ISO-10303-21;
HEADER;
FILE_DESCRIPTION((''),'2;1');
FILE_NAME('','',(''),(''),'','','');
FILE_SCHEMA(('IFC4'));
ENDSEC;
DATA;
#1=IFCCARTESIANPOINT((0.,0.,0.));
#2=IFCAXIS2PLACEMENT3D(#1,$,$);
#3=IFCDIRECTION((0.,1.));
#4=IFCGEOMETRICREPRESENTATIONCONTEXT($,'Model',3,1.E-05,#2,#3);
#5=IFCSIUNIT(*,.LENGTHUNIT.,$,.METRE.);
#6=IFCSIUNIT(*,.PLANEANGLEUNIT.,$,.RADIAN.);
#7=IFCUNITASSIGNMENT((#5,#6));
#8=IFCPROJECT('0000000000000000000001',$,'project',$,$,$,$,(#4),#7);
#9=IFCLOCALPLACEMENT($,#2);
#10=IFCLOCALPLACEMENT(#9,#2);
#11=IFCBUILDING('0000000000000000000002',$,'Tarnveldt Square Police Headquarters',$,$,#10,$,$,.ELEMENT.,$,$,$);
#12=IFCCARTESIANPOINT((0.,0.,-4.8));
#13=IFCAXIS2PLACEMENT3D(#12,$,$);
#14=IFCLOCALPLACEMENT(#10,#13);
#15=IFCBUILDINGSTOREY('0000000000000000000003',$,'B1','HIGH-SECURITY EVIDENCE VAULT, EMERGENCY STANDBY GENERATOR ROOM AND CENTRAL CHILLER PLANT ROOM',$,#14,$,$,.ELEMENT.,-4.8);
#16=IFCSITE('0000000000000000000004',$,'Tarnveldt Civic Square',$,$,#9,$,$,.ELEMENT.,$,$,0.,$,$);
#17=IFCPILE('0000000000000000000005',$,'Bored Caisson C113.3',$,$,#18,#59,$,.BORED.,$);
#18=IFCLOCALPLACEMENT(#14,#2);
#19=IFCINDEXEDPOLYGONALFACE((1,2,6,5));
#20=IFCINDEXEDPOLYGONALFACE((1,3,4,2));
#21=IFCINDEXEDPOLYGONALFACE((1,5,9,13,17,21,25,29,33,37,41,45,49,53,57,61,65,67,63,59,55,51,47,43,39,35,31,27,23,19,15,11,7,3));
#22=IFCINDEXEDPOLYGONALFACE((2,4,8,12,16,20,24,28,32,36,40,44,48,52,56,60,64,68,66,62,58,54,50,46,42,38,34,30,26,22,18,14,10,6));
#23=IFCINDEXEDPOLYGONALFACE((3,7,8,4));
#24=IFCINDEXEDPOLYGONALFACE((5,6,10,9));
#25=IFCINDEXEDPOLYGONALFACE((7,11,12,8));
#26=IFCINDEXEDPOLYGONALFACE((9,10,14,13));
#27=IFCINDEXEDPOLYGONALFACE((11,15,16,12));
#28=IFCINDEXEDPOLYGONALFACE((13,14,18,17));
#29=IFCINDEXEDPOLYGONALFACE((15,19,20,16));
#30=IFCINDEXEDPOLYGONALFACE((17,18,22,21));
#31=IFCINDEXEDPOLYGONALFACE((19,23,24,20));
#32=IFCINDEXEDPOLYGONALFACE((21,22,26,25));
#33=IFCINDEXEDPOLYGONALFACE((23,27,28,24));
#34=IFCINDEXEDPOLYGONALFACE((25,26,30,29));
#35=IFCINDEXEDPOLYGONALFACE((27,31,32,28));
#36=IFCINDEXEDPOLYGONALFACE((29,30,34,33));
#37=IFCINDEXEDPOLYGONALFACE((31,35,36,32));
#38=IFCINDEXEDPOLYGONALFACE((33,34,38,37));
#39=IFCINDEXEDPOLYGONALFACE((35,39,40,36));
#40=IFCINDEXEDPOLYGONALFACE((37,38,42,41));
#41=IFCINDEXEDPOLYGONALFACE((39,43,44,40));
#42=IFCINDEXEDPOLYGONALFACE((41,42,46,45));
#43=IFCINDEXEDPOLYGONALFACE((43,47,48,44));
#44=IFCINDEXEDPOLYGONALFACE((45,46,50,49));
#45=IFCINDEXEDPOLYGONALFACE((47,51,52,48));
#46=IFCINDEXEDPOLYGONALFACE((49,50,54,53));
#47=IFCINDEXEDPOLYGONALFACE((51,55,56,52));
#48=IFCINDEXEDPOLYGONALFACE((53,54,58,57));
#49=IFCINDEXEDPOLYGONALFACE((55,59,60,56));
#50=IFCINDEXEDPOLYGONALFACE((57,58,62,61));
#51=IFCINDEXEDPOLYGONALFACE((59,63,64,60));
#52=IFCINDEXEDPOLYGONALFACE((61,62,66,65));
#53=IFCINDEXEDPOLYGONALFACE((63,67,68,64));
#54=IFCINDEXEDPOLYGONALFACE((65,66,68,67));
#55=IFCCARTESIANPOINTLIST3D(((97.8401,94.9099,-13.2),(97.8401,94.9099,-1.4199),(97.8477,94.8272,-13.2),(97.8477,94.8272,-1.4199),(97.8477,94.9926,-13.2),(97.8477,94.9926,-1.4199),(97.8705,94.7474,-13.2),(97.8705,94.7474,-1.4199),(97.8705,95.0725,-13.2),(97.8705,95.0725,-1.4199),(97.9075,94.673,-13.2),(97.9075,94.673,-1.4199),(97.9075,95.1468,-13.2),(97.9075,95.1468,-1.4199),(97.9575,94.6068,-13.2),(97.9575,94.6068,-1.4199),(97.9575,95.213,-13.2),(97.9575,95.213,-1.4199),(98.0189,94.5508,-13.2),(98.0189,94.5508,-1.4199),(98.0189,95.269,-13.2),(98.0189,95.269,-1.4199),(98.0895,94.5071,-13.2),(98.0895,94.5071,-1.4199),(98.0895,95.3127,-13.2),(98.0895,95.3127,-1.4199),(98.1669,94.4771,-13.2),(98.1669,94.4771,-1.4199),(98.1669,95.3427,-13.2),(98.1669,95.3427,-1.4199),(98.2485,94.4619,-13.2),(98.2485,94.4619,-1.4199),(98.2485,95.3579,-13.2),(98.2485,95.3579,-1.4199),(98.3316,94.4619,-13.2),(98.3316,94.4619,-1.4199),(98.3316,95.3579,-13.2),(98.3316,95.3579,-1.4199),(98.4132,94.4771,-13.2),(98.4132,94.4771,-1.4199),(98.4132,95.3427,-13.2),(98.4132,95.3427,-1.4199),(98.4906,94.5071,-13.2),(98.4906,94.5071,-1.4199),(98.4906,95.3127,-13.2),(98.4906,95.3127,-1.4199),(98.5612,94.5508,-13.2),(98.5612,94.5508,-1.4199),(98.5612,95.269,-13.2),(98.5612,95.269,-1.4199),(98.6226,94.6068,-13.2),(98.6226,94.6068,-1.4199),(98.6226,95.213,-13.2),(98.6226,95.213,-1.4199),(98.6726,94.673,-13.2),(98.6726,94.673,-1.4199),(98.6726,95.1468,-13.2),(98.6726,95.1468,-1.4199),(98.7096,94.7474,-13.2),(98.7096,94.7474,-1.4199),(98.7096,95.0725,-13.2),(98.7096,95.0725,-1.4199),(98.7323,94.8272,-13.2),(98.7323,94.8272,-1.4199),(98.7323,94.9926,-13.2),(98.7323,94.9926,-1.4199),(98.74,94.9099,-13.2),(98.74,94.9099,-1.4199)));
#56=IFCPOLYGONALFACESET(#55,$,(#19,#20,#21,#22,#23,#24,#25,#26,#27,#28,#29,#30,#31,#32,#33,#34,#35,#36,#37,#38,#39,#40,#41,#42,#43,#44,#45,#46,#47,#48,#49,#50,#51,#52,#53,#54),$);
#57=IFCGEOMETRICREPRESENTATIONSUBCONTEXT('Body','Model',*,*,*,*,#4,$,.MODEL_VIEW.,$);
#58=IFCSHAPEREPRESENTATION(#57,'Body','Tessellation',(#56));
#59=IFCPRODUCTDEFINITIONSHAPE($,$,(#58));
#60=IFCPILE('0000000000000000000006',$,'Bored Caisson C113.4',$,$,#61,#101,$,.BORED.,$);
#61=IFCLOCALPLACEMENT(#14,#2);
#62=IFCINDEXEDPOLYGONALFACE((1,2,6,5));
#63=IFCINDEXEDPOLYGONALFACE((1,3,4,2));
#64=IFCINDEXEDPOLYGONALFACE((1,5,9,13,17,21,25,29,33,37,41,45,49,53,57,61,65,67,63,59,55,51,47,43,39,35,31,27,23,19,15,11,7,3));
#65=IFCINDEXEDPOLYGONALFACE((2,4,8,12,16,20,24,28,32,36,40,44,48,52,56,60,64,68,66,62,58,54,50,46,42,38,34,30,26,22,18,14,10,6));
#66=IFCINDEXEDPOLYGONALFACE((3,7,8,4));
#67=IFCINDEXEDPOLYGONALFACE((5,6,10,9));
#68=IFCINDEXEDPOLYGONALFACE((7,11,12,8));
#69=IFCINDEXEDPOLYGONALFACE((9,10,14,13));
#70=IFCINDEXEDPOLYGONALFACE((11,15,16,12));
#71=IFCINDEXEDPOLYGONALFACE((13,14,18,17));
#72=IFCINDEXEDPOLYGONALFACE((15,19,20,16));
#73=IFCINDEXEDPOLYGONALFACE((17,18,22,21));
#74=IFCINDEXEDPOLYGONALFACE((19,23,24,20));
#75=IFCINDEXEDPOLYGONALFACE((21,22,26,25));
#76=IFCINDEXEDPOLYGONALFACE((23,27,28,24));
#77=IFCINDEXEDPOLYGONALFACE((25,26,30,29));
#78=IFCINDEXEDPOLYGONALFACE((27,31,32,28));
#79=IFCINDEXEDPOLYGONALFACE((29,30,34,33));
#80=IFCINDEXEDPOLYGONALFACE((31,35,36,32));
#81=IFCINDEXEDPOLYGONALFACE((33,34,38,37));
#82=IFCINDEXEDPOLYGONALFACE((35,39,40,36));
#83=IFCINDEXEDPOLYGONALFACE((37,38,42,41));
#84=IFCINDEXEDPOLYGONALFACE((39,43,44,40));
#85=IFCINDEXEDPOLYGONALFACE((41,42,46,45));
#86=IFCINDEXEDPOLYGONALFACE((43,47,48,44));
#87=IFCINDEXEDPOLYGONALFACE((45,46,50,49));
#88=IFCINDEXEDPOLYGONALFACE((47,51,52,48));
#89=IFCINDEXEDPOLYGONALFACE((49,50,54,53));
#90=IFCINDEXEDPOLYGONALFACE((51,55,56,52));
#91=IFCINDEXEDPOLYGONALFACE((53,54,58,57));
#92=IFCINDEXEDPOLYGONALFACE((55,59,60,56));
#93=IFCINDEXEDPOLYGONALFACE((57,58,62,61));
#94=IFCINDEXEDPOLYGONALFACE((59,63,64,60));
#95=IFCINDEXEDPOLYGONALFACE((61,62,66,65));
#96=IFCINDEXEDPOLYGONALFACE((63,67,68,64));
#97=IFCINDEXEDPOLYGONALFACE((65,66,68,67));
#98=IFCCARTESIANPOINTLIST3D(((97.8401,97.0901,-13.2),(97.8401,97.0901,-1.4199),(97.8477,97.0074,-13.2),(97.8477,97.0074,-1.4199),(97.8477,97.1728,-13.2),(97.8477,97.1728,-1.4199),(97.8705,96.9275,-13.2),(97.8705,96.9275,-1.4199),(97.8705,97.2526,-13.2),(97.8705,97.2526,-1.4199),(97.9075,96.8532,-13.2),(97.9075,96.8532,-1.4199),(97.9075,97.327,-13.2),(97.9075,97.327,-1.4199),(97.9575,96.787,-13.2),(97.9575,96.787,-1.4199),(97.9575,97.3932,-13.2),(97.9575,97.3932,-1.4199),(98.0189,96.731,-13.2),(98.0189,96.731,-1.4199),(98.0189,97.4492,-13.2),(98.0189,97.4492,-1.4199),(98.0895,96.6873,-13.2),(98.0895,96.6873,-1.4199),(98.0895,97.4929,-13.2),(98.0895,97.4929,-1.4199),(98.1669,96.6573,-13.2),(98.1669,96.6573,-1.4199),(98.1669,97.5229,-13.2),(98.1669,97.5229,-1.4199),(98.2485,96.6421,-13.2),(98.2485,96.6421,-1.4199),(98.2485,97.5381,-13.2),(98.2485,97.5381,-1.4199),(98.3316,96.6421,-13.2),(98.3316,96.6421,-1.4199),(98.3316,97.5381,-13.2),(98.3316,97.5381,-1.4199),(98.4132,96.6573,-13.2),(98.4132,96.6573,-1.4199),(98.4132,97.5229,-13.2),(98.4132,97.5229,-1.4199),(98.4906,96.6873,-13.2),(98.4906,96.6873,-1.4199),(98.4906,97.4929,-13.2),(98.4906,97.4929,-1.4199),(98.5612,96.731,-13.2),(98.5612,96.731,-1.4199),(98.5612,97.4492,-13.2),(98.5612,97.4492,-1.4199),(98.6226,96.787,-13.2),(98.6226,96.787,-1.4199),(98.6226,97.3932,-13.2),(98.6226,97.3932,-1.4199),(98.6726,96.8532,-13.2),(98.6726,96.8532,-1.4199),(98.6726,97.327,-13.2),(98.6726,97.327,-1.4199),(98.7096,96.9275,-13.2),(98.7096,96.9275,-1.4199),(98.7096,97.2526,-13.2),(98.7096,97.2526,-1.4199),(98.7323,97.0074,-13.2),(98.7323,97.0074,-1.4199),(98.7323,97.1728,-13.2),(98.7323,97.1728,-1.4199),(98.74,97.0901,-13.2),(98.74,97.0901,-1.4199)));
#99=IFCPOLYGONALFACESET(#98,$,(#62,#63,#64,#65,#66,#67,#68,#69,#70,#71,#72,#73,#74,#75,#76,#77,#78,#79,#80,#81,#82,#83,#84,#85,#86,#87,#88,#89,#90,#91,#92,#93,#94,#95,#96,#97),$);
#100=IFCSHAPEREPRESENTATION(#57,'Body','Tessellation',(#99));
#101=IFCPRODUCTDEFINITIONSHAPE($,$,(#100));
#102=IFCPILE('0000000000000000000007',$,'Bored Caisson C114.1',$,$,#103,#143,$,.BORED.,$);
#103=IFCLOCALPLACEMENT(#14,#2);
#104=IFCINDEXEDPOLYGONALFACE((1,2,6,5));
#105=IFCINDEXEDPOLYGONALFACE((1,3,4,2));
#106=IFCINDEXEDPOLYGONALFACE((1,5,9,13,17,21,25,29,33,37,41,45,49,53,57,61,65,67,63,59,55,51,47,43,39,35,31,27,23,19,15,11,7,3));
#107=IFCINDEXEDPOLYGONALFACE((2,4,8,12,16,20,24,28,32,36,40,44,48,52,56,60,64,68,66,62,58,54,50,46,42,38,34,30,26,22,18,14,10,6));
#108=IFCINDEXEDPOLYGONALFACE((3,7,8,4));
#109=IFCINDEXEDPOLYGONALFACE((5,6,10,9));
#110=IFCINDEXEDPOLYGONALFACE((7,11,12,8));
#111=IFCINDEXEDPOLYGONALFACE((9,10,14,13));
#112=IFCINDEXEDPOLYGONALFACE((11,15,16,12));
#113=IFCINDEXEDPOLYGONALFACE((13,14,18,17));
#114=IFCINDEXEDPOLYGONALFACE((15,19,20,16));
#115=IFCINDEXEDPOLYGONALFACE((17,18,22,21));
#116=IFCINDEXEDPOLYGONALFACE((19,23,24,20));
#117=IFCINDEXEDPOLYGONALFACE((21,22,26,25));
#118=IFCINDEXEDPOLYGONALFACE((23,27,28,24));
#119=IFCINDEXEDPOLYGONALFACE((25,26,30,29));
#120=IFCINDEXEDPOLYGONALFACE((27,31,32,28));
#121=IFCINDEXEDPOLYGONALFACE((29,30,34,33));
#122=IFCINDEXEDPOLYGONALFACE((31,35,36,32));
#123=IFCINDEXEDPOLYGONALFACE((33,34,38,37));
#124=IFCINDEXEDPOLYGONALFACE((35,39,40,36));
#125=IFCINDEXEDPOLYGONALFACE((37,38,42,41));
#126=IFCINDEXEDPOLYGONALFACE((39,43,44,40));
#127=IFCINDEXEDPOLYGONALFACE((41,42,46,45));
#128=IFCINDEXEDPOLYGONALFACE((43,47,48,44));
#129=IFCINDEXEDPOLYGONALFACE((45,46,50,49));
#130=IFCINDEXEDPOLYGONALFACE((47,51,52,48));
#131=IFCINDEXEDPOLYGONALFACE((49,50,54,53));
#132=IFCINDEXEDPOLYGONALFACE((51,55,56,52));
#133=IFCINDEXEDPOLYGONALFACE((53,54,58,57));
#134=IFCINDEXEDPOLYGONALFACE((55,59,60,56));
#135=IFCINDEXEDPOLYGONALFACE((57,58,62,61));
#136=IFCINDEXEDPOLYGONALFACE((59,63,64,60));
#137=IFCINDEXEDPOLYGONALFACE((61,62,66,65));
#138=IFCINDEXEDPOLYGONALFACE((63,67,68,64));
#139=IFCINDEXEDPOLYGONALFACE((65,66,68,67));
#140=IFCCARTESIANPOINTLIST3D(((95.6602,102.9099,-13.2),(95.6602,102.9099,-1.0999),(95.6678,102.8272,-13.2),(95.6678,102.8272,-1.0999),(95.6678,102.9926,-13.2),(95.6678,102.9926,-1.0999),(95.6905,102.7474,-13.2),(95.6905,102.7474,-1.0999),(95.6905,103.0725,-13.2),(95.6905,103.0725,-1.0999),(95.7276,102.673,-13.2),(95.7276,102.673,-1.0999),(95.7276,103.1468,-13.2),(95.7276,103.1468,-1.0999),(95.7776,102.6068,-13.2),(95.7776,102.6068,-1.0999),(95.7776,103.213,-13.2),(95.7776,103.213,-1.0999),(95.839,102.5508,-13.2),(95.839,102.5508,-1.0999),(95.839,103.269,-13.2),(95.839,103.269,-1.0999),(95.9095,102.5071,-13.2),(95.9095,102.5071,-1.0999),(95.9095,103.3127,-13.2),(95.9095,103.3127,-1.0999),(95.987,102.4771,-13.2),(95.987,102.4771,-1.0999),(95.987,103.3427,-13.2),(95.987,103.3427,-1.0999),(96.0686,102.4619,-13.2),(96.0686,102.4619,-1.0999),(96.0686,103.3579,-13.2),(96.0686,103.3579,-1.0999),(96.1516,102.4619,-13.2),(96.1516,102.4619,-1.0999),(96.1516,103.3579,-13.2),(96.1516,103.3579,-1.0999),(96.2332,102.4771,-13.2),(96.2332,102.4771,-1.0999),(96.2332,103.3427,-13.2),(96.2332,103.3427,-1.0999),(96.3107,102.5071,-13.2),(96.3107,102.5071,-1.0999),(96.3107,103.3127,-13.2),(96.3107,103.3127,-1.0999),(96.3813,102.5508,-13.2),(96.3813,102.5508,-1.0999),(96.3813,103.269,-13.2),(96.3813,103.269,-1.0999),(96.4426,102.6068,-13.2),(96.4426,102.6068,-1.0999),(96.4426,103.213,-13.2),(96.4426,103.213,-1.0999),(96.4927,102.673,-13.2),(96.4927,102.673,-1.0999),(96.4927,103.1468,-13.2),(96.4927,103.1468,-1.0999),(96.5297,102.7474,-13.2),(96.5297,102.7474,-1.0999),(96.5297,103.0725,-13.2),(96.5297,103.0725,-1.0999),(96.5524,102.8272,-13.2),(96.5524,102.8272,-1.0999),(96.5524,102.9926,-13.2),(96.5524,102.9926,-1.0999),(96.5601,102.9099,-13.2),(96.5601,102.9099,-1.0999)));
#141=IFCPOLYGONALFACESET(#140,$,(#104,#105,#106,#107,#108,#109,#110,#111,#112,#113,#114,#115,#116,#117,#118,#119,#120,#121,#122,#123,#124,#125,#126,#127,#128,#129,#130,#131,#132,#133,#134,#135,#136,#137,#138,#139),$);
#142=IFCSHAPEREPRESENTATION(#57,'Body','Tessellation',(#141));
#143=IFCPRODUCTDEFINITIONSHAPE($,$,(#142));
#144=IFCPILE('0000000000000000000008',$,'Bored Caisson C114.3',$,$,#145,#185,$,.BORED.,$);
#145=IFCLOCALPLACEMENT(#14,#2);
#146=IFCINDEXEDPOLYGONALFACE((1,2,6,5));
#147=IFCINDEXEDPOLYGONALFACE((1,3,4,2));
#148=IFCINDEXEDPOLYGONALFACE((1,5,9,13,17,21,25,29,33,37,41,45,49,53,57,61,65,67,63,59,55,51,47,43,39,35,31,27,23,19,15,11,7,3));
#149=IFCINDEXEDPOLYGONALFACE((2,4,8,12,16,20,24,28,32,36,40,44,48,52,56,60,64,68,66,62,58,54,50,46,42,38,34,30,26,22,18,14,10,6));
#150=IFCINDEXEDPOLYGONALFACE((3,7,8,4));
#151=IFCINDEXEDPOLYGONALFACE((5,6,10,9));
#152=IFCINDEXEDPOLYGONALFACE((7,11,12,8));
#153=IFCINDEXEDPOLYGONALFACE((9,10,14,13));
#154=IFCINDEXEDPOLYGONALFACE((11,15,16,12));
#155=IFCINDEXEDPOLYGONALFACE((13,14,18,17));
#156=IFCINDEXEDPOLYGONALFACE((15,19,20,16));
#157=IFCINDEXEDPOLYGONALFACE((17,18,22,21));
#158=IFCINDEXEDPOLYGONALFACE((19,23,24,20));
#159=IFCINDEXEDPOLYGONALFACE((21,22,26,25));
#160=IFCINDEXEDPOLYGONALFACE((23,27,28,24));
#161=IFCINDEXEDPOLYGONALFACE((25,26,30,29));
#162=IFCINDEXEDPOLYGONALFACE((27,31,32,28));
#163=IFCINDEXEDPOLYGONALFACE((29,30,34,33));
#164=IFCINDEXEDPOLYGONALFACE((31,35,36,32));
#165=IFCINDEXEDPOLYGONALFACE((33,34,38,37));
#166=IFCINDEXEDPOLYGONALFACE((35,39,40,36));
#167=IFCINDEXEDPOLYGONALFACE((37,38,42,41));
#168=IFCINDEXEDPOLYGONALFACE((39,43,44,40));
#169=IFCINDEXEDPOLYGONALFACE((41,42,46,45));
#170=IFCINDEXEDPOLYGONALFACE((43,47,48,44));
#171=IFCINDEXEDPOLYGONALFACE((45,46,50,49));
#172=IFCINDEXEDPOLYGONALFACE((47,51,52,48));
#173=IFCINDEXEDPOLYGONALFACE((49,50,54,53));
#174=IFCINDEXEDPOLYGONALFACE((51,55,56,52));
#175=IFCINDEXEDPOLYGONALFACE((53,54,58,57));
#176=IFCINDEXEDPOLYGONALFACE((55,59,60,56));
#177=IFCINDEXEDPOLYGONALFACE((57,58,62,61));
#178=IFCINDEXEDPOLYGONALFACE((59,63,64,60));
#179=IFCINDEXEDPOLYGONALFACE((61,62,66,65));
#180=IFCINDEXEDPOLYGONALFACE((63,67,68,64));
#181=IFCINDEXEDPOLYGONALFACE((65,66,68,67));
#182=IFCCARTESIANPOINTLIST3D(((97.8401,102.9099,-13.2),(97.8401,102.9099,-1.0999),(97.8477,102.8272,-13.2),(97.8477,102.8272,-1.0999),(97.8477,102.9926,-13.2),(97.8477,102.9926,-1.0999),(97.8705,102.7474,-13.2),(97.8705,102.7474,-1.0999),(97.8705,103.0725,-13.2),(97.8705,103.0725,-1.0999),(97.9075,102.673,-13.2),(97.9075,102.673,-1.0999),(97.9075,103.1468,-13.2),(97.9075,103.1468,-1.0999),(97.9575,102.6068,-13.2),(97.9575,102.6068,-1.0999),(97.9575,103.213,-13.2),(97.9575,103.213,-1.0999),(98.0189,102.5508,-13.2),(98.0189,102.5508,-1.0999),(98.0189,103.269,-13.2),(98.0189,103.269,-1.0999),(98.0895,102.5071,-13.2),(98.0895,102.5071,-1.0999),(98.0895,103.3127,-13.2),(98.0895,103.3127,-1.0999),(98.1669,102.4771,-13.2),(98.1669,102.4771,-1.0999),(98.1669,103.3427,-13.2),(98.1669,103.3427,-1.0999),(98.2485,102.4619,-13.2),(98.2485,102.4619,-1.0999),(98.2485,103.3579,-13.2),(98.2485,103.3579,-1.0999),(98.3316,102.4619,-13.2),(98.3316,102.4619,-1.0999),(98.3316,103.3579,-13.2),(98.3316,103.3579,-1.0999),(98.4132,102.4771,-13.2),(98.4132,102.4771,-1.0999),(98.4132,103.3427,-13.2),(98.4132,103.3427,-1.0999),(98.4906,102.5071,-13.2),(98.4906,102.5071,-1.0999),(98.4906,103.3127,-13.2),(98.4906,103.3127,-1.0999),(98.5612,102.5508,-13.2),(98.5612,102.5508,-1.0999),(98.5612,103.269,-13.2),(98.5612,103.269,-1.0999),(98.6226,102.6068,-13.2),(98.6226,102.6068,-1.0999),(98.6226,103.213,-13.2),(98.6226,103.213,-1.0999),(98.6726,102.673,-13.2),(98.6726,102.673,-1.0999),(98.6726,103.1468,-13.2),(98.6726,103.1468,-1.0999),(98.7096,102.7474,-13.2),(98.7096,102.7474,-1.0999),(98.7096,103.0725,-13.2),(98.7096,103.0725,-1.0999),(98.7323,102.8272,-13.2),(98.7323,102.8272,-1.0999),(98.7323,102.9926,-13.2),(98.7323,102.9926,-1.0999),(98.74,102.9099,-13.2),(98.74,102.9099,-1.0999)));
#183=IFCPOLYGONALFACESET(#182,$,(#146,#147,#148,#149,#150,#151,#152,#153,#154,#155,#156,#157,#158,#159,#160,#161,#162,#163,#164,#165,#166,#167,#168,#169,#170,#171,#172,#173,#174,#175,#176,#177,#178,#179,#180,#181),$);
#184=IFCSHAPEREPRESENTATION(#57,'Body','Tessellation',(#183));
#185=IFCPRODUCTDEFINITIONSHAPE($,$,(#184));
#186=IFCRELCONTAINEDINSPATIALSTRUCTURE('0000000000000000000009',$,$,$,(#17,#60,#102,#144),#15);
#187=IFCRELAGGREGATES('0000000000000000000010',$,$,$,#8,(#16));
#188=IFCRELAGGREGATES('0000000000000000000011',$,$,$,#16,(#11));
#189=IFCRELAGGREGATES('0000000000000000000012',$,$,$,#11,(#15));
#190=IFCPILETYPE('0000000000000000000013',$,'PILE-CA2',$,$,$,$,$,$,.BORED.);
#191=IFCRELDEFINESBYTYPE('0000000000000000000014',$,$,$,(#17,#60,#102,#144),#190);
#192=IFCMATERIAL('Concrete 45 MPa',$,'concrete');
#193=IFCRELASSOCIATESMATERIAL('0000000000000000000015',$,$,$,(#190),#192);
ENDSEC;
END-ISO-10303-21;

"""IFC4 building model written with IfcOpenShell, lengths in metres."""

from ifc_helpers import new_model, si_unit, direction, frame, origin, origin_2d, place, context, subcontext, project, spatial, circle, extrude, material, material_profile, profile_set, type_object, element, save


model = new_model("IFC4")

# Units and contexts
model_context = context("Model", 3, precision=1e-05, world=origin(), true_north=direction((0.0, 1.0)))
body_context = subcontext(model_context, "Body", "Model", "MODEL_VIEW")
ifc_project = project(units=[si_unit("LENGTHUNIT", "METRE"), si_unit("PLANEANGLEUNIT", "RADIAN")], contexts=[model_context])

# Site, building, storey
site_placement = place(None, origin())
site = spatial("IfcSite", under=ifc_project, at=site_placement, Name="Tarnveldt Civic Square", CompositionType="ELEMENT", RefElevation=0.0)
building_placement = place(site_placement, origin())
building = spatial("IfcBuilding", under=site, at=building_placement, Name="Tarnveldt Square Police Headquarters", CompositionType="ELEMENT")
storey_placement = place(building_placement, frame((0.0, 0.0, -4.8)))
storey = spatial("IfcBuildingStorey", under=building, at=storey_placement, Name="B1", Description="HIGH-SECURITY EVIDENCE VAULT, EMERGENCY STANDBY GENERATOR ROOM AND CENTRAL CHILLER PLANT ROOM", CompositionType="ELEMENT", Elevation=-4.8)

# Shared definitions
ifc_material_1 = material(Name="Concrete 45 MPa", Category="concrete")

# Piles
ifc_material_profile_1 = material_profile(ifc_material_1, circle(Radius=0.45, at=origin_2d()), Name="CAISSON-D900")
ifc_profile_set_1 = profile_set([ifc_material_profile_1], Name="Concrete 45 MPa")
pile_type = type_object("IfcPileType", Name="PILE-CA2", PredefinedType="BORED", material=ifc_profile_set_1)
for number, where, z_axis, x_axis, name in (
    (1, (98.29, 94.9099, -1.4199), (0.0, 0.0, -1.0), (1.0, 0.0, 0.0), "Bored Caisson C113.3"),
    (2, (98.29, 97.0901, -1.4199), (0.0, 0.0, -1.0), (1.0, 0.0, 0.0), "Bored Caisson C113.4"),
):
    element("IfcPile", number, at=place(storey_placement, frame(where, z_axis=z_axis, x_axis=x_axis)), inside=storey, type_object=pile_type, Name=name, PredefinedType="BORED", context=body_context, shape_type="SweptSolid", body=[
        extrude(circle(Radius=0.45, at=origin_2d()), origin(), (0.0, 0.0, 1.0), 11.78),
    ])
for number, where, z_axis, x_axis, name in (
    (3, (96.1101, 102.9099, -1.0999), (0.0, 0.0, -1.0), (1.0, 0.0, 0.0), "Bored Caisson C114.1"),
    (4, (98.29, 102.9099, -1.0999), (0.0, 0.0, -1.0), (1.0, 0.0, 0.0), "Bored Caisson C114.3"),
):
    element("IfcPile", number, at=place(storey_placement, frame(where, z_axis=z_axis, x_axis=x_axis)), inside=storey, type_object=pile_type, Name=name, PredefinedType="BORED", context=body_context, shape_type="SweptSolid", body=[
        extrude(circle(Radius=0.45, at=origin_2d()), origin(), (0.0, 0.0, 1.0), 12.1001),
    ])

save(model, "model.ifc")
